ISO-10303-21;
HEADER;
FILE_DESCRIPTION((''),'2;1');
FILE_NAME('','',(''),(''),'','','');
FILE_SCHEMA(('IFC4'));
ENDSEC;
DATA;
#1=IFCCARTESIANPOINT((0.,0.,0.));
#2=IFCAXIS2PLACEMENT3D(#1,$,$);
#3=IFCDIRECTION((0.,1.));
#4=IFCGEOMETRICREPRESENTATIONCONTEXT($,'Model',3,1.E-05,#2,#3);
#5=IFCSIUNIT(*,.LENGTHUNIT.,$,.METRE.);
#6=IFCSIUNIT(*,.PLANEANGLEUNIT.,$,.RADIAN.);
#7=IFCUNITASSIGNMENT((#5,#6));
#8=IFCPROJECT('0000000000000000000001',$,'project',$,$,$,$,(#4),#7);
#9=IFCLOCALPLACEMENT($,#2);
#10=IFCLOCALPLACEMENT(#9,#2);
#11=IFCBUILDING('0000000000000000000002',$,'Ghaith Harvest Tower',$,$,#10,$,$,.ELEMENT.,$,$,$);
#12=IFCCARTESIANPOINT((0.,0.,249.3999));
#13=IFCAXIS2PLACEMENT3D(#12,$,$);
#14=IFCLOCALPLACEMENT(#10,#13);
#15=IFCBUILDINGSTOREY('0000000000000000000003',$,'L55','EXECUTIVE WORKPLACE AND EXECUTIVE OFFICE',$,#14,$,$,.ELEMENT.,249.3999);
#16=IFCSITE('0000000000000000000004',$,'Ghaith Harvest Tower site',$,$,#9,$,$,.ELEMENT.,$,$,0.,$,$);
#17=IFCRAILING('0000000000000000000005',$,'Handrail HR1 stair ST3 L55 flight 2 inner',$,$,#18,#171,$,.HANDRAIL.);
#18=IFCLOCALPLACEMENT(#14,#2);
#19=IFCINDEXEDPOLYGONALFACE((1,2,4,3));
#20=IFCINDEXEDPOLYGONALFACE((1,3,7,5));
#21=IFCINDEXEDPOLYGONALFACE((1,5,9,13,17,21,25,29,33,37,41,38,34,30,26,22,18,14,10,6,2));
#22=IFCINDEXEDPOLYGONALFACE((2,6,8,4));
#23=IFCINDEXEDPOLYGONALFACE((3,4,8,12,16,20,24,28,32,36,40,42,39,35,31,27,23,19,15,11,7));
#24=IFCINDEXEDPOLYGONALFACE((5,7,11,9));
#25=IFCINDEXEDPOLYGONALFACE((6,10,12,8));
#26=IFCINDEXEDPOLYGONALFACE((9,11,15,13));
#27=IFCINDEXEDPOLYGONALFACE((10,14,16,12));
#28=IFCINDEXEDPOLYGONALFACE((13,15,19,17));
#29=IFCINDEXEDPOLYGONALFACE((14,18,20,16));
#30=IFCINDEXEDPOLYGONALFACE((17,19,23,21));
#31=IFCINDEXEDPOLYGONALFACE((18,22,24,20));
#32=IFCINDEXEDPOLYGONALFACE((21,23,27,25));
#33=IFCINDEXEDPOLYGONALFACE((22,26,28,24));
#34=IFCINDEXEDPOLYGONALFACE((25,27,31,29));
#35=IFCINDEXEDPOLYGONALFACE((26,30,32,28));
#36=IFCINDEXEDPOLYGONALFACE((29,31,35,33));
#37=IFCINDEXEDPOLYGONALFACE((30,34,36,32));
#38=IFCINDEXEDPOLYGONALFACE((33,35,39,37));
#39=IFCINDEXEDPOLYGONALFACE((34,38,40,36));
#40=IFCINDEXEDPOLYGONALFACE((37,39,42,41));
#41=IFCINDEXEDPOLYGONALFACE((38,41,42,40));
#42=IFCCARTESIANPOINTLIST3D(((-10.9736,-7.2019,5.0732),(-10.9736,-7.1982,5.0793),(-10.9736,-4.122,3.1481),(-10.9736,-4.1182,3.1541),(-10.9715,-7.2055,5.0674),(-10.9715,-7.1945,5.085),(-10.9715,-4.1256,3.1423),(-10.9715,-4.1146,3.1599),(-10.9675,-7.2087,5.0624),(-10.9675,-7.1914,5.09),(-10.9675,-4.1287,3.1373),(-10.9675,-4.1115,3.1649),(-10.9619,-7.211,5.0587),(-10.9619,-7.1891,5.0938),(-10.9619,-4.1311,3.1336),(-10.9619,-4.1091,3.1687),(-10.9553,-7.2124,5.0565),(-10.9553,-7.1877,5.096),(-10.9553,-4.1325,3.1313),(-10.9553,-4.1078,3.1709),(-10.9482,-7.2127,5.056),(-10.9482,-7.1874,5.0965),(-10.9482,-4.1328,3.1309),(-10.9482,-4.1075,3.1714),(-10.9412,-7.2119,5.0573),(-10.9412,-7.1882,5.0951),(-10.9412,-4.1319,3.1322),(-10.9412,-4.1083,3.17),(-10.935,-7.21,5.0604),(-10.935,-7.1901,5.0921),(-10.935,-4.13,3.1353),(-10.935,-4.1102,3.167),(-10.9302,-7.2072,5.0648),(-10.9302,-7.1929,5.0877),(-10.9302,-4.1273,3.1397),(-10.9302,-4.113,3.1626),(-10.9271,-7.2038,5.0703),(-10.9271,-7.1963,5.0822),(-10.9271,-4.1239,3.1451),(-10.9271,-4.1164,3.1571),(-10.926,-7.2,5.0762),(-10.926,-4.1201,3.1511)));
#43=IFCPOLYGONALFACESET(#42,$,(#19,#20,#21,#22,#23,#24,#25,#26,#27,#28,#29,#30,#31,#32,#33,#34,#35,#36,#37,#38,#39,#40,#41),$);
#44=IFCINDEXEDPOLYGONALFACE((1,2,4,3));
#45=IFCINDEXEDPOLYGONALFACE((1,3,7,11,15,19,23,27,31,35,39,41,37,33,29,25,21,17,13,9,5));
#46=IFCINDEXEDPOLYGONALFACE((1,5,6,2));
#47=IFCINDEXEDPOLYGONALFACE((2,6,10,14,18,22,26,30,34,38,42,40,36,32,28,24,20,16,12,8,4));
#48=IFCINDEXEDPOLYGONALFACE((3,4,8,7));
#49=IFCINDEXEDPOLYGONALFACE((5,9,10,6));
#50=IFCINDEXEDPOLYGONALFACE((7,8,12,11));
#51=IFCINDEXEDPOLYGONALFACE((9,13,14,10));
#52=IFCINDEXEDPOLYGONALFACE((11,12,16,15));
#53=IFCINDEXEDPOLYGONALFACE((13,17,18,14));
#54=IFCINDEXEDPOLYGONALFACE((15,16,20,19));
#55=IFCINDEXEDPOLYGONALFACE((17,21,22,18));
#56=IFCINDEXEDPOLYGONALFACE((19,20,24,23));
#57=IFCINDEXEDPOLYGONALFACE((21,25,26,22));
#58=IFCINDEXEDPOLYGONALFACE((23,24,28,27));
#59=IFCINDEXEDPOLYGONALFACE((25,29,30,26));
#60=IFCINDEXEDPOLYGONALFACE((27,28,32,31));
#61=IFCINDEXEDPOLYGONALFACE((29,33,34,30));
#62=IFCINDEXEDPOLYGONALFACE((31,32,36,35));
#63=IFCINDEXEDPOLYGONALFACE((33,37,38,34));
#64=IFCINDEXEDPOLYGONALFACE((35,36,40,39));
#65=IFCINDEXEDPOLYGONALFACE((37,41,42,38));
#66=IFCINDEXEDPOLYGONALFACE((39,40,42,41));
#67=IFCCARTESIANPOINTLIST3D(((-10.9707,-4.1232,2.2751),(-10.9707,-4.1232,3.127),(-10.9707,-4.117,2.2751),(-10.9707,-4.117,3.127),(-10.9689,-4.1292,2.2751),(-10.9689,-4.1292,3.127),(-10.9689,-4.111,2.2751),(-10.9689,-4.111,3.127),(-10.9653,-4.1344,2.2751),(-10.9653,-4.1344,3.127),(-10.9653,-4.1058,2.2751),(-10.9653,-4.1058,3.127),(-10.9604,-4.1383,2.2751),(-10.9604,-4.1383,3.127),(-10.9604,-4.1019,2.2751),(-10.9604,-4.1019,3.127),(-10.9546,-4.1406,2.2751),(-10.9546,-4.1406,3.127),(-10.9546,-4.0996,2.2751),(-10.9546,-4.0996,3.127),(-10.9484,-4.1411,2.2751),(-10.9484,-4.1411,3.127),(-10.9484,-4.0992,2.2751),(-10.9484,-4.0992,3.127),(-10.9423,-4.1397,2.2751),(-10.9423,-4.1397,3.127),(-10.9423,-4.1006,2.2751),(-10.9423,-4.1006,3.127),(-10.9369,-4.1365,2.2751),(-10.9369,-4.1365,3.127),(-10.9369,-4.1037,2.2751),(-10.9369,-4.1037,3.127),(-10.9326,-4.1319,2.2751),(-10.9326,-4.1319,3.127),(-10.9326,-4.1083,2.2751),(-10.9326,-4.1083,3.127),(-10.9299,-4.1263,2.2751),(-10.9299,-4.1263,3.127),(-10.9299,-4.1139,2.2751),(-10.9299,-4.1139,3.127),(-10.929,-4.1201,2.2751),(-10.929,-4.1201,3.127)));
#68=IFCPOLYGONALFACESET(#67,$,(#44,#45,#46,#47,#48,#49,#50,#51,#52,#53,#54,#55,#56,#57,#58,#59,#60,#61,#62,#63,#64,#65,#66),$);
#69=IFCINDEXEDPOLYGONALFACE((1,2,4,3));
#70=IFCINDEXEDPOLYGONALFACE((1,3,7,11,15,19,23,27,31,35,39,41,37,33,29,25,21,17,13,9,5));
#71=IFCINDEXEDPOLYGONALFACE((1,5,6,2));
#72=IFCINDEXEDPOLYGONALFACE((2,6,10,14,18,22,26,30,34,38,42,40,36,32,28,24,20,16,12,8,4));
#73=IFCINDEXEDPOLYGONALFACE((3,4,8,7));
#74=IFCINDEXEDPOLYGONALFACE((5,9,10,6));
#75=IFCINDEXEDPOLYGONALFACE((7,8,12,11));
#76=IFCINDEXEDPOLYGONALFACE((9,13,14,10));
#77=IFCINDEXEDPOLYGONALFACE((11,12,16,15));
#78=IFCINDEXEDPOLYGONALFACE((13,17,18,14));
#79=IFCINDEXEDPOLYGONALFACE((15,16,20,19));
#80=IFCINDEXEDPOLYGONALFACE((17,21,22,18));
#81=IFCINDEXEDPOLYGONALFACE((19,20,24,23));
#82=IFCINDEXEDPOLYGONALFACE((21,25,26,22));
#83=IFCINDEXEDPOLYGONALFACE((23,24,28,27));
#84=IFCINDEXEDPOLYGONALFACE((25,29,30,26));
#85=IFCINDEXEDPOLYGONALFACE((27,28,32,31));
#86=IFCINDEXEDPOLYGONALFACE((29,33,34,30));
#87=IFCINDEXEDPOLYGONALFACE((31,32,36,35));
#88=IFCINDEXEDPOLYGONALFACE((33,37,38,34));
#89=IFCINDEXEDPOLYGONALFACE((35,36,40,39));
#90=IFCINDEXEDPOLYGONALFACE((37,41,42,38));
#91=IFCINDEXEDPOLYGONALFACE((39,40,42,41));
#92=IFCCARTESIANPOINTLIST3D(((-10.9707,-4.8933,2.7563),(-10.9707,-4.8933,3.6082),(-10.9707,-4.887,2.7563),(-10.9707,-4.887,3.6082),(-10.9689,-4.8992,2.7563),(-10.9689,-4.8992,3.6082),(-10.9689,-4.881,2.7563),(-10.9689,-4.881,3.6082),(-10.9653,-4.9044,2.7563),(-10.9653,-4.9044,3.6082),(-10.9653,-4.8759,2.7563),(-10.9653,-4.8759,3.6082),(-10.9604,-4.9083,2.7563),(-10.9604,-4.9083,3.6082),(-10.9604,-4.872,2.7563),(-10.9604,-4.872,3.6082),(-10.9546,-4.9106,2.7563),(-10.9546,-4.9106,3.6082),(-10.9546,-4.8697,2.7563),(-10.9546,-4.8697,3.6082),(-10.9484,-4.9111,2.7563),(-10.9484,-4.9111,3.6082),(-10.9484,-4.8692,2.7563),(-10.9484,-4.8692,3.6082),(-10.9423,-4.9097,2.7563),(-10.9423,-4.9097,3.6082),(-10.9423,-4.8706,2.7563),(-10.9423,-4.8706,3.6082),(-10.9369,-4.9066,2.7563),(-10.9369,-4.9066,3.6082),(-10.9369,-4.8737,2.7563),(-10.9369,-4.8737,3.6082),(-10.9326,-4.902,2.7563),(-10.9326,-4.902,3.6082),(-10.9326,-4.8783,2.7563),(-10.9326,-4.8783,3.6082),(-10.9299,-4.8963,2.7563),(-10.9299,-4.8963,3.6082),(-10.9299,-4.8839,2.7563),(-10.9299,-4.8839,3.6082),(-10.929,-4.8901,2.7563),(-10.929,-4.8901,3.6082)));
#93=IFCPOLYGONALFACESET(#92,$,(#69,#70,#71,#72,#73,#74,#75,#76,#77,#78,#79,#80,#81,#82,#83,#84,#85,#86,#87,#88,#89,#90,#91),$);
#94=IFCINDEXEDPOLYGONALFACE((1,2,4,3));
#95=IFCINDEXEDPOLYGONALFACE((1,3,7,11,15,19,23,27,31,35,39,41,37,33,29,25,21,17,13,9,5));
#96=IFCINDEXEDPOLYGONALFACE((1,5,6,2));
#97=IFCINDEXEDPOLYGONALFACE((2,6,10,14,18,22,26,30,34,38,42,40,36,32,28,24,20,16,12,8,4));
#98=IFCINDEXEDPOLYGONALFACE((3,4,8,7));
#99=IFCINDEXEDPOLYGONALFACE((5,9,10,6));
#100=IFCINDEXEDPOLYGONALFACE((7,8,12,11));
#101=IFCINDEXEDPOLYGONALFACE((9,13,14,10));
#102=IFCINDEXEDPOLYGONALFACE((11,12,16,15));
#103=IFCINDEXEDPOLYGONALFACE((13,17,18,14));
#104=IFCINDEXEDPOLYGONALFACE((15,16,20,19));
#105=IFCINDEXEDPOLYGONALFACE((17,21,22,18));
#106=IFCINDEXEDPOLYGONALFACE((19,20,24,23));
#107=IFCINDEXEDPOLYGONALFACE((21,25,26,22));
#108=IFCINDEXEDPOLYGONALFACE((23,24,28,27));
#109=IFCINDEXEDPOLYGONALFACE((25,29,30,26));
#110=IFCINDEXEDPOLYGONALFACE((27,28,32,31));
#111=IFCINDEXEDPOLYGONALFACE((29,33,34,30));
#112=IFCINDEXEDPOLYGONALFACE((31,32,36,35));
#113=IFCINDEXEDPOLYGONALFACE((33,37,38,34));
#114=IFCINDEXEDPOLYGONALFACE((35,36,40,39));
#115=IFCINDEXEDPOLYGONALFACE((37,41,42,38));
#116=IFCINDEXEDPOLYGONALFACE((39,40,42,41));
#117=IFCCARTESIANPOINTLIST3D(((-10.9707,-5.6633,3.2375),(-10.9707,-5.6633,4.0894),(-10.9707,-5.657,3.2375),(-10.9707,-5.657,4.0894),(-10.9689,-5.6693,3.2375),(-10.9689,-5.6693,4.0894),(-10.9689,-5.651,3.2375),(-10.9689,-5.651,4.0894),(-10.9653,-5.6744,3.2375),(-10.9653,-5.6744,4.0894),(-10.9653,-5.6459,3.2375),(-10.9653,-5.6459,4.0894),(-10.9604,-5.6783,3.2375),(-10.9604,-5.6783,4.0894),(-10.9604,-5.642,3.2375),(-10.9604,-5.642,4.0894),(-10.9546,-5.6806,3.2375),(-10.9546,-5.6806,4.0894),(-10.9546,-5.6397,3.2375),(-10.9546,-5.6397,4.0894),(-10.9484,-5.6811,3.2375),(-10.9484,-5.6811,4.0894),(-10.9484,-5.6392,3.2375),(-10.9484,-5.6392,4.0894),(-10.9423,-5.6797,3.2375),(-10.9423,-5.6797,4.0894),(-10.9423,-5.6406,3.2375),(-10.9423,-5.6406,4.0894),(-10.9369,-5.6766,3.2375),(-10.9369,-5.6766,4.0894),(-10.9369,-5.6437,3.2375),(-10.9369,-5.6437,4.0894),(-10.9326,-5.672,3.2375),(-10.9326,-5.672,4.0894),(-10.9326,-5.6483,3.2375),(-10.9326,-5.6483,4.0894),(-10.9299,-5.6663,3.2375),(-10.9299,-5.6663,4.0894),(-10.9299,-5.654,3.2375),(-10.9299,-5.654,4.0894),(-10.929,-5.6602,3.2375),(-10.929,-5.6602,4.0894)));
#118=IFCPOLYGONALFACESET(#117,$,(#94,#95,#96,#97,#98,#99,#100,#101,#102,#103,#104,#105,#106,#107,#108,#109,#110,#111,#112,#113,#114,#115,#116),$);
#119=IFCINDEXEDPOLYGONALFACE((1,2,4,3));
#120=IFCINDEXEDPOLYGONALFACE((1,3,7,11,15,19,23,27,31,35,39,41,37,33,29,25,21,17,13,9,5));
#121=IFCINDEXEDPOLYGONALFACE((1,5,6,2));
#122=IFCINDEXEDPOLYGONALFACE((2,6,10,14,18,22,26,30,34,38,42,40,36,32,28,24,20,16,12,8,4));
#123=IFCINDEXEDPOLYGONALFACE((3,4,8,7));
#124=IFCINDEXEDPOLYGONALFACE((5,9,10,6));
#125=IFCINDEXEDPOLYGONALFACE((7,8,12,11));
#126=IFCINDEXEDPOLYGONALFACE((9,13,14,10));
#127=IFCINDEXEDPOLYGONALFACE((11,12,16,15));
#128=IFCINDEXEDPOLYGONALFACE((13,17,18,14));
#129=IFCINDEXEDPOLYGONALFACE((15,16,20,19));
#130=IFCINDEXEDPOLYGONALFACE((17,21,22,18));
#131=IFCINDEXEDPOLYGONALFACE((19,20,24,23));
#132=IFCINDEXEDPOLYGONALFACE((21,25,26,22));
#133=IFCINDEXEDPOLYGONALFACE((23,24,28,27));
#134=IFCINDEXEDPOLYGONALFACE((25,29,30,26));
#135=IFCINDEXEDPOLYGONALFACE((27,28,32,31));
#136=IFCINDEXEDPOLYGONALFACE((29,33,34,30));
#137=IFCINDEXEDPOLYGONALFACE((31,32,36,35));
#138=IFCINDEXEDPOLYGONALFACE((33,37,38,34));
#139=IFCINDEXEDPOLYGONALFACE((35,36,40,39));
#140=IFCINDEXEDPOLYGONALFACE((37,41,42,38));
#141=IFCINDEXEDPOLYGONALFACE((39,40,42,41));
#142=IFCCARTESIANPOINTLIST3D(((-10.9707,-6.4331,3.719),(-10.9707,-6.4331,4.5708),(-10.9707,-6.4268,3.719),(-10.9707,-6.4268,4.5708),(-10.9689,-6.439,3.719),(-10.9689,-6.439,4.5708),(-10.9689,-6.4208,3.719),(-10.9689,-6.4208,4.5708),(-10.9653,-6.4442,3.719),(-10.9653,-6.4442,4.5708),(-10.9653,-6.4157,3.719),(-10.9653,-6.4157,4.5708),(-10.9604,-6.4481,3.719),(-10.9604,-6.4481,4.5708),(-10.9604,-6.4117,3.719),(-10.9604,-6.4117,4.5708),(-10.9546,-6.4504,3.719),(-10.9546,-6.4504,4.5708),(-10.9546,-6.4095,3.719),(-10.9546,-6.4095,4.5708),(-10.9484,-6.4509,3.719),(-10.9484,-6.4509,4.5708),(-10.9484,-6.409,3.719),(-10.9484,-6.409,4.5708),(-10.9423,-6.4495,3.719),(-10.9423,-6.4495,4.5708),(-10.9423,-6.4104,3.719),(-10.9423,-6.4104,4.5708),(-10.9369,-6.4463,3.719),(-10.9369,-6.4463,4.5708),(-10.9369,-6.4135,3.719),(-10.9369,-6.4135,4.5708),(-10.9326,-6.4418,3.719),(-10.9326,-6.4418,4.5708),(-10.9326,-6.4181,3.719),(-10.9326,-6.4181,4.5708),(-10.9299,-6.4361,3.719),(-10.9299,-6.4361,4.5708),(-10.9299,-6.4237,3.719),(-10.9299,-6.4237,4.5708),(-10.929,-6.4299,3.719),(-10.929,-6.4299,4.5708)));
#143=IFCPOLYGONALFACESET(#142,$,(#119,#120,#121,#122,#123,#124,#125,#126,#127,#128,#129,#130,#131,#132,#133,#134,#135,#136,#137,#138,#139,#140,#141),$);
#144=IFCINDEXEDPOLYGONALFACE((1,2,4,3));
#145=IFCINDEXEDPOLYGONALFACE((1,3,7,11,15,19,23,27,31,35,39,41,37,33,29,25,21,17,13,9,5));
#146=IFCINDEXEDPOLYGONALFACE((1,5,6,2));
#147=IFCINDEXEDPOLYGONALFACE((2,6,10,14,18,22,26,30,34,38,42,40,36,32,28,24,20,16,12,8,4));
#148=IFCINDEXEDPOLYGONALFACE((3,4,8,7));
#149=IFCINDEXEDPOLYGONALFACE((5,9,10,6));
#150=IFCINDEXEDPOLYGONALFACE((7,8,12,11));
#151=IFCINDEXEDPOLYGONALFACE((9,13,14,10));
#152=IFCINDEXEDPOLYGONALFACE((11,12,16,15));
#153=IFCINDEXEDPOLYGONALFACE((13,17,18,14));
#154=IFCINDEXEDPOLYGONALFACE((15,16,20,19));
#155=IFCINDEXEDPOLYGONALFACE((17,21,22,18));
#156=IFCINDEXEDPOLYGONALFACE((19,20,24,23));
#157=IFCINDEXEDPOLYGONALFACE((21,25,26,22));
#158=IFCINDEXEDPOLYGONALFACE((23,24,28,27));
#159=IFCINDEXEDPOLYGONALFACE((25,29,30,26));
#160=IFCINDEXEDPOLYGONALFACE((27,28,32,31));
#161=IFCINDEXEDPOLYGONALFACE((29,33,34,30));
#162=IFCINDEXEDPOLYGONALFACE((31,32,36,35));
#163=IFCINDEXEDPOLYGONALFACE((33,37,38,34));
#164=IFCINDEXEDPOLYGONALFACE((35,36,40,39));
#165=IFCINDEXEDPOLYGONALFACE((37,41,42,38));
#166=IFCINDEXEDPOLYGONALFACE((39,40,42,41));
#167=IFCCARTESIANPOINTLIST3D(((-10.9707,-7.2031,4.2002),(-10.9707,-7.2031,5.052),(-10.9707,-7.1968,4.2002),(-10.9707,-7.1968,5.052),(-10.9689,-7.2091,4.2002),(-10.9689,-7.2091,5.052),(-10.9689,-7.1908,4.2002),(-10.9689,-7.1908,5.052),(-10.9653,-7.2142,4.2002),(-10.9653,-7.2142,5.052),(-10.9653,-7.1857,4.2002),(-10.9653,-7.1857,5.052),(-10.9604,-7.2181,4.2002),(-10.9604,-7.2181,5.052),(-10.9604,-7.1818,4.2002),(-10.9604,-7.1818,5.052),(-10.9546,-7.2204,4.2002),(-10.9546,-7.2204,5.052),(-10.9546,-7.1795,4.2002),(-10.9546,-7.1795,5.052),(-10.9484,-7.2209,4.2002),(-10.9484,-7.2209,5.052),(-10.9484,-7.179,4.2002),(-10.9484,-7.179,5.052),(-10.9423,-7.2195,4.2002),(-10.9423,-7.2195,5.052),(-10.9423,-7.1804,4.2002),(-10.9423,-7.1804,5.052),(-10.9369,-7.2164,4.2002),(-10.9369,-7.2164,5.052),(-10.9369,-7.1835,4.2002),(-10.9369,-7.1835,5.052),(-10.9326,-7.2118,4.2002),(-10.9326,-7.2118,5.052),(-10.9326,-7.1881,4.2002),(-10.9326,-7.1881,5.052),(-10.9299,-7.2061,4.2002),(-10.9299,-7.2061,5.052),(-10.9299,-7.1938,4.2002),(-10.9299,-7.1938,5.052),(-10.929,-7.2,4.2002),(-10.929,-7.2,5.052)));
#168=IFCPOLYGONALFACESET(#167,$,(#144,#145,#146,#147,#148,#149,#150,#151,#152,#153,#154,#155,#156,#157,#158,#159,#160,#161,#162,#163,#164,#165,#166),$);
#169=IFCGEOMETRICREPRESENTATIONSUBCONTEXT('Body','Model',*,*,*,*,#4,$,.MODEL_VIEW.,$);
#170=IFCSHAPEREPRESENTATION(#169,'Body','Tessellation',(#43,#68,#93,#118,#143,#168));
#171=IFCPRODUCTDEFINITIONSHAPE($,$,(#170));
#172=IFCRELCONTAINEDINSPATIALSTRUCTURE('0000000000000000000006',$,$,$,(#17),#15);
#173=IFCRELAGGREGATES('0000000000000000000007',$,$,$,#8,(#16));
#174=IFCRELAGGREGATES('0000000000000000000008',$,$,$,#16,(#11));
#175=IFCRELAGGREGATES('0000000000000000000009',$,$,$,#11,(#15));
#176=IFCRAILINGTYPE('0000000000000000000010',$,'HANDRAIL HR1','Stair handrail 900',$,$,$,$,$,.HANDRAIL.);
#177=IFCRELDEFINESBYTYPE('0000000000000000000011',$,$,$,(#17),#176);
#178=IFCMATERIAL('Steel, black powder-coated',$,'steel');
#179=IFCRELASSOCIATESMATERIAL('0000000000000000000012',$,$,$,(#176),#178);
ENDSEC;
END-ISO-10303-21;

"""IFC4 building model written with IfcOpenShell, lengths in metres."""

from ifc_helpers import new_model, si_unit, direction, frame, origin, origin_2d, place, context, subcontext, project, spatial, circle, extrude, material, type_object, element, save


model = new_model("IFC4")

# Units and contexts
model_context = context("Model", 3, precision=1e-05, world=origin(), true_north=direction((0.0, 1.0)))
body_context = subcontext(model_context, "Body", "Model", "MODEL_VIEW")
ifc_project = project(units=[si_unit("LENGTHUNIT", "METRE"), si_unit("PLANEANGLEUNIT", "RADIAN")], contexts=[model_context])

# Site, building, storey
site_placement = place(None, origin())
site = spatial("IfcSite", under=ifc_project, at=site_placement, Name="Ghaith Harvest Tower site", CompositionType="ELEMENT", RefElevation=0.0)
building_placement = place(site_placement, origin())
building = spatial("IfcBuilding", under=site, at=building_placement, Name="Ghaith Harvest Tower", CompositionType="ELEMENT")
storey_placement = place(building_placement, frame((0.0, 0.0, 249.3999)))
storey = spatial("IfcBuildingStorey", under=building, at=storey_placement, Name="L55", Description="EXECUTIVE WORKPLACE AND EXECUTIVE OFFICE", CompositionType="ELEMENT", Elevation=249.3999)

# Railing
ifc_material_1 = material(Name="Steel, black powder-coated", Category="steel")
railing_type = type_object("IfcRailingType", Name="HANDRAIL HR1", Description="Stair handrail 900", PredefinedType="HANDRAIL", material=ifc_material_1)
railing_1_placement = place(storey_placement, frame((-10.95, -4.1201, 2.2751)))
element("IfcRailing", 1, at=railing_1_placement, inside=storey, type_object=railing_type, Name="Handrail HR1 stair ST3 L55 flight 2 inner", PredefinedType="HANDRAIL", context=body_context, shape_type="SweptSolid", body=[
    extrude(circle(Radius=0.0239, at=origin_2d()), frame((0.0, 0.0, 0.876), z_axis=(0.0, -0.847979, 0.530029), x_axis=(1.0, 0.0, 0.0)), (0.0, 0.0, 1.0), 3.6321),
    extrude(circle(Radius=0.021, at=origin_2d()), origin(), (0.0, 0.0, 1.0), 0.8518),
    extrude(circle(Radius=0.021, at=origin_2d()), frame((0.0, -0.77, 0.4812)), (0.0, 0.0, 1.0), 0.8518),
    extrude(circle(Radius=0.021, at=origin_2d()), frame((0.0, -1.54, 0.9624)), (0.0, 0.0, 1.0), 0.8518),
    extrude(circle(Radius=0.021, at=origin_2d()), frame((0.0, -2.3098, 1.4438)), (0.0, 0.0, 1.0), 0.8518),
    extrude(circle(Radius=0.021, at=origin_2d()), frame((0.0, -3.0798, 1.925)), (0.0, 0.0, 1.0), 0.8518),
])

save(model, "model.ifc")
